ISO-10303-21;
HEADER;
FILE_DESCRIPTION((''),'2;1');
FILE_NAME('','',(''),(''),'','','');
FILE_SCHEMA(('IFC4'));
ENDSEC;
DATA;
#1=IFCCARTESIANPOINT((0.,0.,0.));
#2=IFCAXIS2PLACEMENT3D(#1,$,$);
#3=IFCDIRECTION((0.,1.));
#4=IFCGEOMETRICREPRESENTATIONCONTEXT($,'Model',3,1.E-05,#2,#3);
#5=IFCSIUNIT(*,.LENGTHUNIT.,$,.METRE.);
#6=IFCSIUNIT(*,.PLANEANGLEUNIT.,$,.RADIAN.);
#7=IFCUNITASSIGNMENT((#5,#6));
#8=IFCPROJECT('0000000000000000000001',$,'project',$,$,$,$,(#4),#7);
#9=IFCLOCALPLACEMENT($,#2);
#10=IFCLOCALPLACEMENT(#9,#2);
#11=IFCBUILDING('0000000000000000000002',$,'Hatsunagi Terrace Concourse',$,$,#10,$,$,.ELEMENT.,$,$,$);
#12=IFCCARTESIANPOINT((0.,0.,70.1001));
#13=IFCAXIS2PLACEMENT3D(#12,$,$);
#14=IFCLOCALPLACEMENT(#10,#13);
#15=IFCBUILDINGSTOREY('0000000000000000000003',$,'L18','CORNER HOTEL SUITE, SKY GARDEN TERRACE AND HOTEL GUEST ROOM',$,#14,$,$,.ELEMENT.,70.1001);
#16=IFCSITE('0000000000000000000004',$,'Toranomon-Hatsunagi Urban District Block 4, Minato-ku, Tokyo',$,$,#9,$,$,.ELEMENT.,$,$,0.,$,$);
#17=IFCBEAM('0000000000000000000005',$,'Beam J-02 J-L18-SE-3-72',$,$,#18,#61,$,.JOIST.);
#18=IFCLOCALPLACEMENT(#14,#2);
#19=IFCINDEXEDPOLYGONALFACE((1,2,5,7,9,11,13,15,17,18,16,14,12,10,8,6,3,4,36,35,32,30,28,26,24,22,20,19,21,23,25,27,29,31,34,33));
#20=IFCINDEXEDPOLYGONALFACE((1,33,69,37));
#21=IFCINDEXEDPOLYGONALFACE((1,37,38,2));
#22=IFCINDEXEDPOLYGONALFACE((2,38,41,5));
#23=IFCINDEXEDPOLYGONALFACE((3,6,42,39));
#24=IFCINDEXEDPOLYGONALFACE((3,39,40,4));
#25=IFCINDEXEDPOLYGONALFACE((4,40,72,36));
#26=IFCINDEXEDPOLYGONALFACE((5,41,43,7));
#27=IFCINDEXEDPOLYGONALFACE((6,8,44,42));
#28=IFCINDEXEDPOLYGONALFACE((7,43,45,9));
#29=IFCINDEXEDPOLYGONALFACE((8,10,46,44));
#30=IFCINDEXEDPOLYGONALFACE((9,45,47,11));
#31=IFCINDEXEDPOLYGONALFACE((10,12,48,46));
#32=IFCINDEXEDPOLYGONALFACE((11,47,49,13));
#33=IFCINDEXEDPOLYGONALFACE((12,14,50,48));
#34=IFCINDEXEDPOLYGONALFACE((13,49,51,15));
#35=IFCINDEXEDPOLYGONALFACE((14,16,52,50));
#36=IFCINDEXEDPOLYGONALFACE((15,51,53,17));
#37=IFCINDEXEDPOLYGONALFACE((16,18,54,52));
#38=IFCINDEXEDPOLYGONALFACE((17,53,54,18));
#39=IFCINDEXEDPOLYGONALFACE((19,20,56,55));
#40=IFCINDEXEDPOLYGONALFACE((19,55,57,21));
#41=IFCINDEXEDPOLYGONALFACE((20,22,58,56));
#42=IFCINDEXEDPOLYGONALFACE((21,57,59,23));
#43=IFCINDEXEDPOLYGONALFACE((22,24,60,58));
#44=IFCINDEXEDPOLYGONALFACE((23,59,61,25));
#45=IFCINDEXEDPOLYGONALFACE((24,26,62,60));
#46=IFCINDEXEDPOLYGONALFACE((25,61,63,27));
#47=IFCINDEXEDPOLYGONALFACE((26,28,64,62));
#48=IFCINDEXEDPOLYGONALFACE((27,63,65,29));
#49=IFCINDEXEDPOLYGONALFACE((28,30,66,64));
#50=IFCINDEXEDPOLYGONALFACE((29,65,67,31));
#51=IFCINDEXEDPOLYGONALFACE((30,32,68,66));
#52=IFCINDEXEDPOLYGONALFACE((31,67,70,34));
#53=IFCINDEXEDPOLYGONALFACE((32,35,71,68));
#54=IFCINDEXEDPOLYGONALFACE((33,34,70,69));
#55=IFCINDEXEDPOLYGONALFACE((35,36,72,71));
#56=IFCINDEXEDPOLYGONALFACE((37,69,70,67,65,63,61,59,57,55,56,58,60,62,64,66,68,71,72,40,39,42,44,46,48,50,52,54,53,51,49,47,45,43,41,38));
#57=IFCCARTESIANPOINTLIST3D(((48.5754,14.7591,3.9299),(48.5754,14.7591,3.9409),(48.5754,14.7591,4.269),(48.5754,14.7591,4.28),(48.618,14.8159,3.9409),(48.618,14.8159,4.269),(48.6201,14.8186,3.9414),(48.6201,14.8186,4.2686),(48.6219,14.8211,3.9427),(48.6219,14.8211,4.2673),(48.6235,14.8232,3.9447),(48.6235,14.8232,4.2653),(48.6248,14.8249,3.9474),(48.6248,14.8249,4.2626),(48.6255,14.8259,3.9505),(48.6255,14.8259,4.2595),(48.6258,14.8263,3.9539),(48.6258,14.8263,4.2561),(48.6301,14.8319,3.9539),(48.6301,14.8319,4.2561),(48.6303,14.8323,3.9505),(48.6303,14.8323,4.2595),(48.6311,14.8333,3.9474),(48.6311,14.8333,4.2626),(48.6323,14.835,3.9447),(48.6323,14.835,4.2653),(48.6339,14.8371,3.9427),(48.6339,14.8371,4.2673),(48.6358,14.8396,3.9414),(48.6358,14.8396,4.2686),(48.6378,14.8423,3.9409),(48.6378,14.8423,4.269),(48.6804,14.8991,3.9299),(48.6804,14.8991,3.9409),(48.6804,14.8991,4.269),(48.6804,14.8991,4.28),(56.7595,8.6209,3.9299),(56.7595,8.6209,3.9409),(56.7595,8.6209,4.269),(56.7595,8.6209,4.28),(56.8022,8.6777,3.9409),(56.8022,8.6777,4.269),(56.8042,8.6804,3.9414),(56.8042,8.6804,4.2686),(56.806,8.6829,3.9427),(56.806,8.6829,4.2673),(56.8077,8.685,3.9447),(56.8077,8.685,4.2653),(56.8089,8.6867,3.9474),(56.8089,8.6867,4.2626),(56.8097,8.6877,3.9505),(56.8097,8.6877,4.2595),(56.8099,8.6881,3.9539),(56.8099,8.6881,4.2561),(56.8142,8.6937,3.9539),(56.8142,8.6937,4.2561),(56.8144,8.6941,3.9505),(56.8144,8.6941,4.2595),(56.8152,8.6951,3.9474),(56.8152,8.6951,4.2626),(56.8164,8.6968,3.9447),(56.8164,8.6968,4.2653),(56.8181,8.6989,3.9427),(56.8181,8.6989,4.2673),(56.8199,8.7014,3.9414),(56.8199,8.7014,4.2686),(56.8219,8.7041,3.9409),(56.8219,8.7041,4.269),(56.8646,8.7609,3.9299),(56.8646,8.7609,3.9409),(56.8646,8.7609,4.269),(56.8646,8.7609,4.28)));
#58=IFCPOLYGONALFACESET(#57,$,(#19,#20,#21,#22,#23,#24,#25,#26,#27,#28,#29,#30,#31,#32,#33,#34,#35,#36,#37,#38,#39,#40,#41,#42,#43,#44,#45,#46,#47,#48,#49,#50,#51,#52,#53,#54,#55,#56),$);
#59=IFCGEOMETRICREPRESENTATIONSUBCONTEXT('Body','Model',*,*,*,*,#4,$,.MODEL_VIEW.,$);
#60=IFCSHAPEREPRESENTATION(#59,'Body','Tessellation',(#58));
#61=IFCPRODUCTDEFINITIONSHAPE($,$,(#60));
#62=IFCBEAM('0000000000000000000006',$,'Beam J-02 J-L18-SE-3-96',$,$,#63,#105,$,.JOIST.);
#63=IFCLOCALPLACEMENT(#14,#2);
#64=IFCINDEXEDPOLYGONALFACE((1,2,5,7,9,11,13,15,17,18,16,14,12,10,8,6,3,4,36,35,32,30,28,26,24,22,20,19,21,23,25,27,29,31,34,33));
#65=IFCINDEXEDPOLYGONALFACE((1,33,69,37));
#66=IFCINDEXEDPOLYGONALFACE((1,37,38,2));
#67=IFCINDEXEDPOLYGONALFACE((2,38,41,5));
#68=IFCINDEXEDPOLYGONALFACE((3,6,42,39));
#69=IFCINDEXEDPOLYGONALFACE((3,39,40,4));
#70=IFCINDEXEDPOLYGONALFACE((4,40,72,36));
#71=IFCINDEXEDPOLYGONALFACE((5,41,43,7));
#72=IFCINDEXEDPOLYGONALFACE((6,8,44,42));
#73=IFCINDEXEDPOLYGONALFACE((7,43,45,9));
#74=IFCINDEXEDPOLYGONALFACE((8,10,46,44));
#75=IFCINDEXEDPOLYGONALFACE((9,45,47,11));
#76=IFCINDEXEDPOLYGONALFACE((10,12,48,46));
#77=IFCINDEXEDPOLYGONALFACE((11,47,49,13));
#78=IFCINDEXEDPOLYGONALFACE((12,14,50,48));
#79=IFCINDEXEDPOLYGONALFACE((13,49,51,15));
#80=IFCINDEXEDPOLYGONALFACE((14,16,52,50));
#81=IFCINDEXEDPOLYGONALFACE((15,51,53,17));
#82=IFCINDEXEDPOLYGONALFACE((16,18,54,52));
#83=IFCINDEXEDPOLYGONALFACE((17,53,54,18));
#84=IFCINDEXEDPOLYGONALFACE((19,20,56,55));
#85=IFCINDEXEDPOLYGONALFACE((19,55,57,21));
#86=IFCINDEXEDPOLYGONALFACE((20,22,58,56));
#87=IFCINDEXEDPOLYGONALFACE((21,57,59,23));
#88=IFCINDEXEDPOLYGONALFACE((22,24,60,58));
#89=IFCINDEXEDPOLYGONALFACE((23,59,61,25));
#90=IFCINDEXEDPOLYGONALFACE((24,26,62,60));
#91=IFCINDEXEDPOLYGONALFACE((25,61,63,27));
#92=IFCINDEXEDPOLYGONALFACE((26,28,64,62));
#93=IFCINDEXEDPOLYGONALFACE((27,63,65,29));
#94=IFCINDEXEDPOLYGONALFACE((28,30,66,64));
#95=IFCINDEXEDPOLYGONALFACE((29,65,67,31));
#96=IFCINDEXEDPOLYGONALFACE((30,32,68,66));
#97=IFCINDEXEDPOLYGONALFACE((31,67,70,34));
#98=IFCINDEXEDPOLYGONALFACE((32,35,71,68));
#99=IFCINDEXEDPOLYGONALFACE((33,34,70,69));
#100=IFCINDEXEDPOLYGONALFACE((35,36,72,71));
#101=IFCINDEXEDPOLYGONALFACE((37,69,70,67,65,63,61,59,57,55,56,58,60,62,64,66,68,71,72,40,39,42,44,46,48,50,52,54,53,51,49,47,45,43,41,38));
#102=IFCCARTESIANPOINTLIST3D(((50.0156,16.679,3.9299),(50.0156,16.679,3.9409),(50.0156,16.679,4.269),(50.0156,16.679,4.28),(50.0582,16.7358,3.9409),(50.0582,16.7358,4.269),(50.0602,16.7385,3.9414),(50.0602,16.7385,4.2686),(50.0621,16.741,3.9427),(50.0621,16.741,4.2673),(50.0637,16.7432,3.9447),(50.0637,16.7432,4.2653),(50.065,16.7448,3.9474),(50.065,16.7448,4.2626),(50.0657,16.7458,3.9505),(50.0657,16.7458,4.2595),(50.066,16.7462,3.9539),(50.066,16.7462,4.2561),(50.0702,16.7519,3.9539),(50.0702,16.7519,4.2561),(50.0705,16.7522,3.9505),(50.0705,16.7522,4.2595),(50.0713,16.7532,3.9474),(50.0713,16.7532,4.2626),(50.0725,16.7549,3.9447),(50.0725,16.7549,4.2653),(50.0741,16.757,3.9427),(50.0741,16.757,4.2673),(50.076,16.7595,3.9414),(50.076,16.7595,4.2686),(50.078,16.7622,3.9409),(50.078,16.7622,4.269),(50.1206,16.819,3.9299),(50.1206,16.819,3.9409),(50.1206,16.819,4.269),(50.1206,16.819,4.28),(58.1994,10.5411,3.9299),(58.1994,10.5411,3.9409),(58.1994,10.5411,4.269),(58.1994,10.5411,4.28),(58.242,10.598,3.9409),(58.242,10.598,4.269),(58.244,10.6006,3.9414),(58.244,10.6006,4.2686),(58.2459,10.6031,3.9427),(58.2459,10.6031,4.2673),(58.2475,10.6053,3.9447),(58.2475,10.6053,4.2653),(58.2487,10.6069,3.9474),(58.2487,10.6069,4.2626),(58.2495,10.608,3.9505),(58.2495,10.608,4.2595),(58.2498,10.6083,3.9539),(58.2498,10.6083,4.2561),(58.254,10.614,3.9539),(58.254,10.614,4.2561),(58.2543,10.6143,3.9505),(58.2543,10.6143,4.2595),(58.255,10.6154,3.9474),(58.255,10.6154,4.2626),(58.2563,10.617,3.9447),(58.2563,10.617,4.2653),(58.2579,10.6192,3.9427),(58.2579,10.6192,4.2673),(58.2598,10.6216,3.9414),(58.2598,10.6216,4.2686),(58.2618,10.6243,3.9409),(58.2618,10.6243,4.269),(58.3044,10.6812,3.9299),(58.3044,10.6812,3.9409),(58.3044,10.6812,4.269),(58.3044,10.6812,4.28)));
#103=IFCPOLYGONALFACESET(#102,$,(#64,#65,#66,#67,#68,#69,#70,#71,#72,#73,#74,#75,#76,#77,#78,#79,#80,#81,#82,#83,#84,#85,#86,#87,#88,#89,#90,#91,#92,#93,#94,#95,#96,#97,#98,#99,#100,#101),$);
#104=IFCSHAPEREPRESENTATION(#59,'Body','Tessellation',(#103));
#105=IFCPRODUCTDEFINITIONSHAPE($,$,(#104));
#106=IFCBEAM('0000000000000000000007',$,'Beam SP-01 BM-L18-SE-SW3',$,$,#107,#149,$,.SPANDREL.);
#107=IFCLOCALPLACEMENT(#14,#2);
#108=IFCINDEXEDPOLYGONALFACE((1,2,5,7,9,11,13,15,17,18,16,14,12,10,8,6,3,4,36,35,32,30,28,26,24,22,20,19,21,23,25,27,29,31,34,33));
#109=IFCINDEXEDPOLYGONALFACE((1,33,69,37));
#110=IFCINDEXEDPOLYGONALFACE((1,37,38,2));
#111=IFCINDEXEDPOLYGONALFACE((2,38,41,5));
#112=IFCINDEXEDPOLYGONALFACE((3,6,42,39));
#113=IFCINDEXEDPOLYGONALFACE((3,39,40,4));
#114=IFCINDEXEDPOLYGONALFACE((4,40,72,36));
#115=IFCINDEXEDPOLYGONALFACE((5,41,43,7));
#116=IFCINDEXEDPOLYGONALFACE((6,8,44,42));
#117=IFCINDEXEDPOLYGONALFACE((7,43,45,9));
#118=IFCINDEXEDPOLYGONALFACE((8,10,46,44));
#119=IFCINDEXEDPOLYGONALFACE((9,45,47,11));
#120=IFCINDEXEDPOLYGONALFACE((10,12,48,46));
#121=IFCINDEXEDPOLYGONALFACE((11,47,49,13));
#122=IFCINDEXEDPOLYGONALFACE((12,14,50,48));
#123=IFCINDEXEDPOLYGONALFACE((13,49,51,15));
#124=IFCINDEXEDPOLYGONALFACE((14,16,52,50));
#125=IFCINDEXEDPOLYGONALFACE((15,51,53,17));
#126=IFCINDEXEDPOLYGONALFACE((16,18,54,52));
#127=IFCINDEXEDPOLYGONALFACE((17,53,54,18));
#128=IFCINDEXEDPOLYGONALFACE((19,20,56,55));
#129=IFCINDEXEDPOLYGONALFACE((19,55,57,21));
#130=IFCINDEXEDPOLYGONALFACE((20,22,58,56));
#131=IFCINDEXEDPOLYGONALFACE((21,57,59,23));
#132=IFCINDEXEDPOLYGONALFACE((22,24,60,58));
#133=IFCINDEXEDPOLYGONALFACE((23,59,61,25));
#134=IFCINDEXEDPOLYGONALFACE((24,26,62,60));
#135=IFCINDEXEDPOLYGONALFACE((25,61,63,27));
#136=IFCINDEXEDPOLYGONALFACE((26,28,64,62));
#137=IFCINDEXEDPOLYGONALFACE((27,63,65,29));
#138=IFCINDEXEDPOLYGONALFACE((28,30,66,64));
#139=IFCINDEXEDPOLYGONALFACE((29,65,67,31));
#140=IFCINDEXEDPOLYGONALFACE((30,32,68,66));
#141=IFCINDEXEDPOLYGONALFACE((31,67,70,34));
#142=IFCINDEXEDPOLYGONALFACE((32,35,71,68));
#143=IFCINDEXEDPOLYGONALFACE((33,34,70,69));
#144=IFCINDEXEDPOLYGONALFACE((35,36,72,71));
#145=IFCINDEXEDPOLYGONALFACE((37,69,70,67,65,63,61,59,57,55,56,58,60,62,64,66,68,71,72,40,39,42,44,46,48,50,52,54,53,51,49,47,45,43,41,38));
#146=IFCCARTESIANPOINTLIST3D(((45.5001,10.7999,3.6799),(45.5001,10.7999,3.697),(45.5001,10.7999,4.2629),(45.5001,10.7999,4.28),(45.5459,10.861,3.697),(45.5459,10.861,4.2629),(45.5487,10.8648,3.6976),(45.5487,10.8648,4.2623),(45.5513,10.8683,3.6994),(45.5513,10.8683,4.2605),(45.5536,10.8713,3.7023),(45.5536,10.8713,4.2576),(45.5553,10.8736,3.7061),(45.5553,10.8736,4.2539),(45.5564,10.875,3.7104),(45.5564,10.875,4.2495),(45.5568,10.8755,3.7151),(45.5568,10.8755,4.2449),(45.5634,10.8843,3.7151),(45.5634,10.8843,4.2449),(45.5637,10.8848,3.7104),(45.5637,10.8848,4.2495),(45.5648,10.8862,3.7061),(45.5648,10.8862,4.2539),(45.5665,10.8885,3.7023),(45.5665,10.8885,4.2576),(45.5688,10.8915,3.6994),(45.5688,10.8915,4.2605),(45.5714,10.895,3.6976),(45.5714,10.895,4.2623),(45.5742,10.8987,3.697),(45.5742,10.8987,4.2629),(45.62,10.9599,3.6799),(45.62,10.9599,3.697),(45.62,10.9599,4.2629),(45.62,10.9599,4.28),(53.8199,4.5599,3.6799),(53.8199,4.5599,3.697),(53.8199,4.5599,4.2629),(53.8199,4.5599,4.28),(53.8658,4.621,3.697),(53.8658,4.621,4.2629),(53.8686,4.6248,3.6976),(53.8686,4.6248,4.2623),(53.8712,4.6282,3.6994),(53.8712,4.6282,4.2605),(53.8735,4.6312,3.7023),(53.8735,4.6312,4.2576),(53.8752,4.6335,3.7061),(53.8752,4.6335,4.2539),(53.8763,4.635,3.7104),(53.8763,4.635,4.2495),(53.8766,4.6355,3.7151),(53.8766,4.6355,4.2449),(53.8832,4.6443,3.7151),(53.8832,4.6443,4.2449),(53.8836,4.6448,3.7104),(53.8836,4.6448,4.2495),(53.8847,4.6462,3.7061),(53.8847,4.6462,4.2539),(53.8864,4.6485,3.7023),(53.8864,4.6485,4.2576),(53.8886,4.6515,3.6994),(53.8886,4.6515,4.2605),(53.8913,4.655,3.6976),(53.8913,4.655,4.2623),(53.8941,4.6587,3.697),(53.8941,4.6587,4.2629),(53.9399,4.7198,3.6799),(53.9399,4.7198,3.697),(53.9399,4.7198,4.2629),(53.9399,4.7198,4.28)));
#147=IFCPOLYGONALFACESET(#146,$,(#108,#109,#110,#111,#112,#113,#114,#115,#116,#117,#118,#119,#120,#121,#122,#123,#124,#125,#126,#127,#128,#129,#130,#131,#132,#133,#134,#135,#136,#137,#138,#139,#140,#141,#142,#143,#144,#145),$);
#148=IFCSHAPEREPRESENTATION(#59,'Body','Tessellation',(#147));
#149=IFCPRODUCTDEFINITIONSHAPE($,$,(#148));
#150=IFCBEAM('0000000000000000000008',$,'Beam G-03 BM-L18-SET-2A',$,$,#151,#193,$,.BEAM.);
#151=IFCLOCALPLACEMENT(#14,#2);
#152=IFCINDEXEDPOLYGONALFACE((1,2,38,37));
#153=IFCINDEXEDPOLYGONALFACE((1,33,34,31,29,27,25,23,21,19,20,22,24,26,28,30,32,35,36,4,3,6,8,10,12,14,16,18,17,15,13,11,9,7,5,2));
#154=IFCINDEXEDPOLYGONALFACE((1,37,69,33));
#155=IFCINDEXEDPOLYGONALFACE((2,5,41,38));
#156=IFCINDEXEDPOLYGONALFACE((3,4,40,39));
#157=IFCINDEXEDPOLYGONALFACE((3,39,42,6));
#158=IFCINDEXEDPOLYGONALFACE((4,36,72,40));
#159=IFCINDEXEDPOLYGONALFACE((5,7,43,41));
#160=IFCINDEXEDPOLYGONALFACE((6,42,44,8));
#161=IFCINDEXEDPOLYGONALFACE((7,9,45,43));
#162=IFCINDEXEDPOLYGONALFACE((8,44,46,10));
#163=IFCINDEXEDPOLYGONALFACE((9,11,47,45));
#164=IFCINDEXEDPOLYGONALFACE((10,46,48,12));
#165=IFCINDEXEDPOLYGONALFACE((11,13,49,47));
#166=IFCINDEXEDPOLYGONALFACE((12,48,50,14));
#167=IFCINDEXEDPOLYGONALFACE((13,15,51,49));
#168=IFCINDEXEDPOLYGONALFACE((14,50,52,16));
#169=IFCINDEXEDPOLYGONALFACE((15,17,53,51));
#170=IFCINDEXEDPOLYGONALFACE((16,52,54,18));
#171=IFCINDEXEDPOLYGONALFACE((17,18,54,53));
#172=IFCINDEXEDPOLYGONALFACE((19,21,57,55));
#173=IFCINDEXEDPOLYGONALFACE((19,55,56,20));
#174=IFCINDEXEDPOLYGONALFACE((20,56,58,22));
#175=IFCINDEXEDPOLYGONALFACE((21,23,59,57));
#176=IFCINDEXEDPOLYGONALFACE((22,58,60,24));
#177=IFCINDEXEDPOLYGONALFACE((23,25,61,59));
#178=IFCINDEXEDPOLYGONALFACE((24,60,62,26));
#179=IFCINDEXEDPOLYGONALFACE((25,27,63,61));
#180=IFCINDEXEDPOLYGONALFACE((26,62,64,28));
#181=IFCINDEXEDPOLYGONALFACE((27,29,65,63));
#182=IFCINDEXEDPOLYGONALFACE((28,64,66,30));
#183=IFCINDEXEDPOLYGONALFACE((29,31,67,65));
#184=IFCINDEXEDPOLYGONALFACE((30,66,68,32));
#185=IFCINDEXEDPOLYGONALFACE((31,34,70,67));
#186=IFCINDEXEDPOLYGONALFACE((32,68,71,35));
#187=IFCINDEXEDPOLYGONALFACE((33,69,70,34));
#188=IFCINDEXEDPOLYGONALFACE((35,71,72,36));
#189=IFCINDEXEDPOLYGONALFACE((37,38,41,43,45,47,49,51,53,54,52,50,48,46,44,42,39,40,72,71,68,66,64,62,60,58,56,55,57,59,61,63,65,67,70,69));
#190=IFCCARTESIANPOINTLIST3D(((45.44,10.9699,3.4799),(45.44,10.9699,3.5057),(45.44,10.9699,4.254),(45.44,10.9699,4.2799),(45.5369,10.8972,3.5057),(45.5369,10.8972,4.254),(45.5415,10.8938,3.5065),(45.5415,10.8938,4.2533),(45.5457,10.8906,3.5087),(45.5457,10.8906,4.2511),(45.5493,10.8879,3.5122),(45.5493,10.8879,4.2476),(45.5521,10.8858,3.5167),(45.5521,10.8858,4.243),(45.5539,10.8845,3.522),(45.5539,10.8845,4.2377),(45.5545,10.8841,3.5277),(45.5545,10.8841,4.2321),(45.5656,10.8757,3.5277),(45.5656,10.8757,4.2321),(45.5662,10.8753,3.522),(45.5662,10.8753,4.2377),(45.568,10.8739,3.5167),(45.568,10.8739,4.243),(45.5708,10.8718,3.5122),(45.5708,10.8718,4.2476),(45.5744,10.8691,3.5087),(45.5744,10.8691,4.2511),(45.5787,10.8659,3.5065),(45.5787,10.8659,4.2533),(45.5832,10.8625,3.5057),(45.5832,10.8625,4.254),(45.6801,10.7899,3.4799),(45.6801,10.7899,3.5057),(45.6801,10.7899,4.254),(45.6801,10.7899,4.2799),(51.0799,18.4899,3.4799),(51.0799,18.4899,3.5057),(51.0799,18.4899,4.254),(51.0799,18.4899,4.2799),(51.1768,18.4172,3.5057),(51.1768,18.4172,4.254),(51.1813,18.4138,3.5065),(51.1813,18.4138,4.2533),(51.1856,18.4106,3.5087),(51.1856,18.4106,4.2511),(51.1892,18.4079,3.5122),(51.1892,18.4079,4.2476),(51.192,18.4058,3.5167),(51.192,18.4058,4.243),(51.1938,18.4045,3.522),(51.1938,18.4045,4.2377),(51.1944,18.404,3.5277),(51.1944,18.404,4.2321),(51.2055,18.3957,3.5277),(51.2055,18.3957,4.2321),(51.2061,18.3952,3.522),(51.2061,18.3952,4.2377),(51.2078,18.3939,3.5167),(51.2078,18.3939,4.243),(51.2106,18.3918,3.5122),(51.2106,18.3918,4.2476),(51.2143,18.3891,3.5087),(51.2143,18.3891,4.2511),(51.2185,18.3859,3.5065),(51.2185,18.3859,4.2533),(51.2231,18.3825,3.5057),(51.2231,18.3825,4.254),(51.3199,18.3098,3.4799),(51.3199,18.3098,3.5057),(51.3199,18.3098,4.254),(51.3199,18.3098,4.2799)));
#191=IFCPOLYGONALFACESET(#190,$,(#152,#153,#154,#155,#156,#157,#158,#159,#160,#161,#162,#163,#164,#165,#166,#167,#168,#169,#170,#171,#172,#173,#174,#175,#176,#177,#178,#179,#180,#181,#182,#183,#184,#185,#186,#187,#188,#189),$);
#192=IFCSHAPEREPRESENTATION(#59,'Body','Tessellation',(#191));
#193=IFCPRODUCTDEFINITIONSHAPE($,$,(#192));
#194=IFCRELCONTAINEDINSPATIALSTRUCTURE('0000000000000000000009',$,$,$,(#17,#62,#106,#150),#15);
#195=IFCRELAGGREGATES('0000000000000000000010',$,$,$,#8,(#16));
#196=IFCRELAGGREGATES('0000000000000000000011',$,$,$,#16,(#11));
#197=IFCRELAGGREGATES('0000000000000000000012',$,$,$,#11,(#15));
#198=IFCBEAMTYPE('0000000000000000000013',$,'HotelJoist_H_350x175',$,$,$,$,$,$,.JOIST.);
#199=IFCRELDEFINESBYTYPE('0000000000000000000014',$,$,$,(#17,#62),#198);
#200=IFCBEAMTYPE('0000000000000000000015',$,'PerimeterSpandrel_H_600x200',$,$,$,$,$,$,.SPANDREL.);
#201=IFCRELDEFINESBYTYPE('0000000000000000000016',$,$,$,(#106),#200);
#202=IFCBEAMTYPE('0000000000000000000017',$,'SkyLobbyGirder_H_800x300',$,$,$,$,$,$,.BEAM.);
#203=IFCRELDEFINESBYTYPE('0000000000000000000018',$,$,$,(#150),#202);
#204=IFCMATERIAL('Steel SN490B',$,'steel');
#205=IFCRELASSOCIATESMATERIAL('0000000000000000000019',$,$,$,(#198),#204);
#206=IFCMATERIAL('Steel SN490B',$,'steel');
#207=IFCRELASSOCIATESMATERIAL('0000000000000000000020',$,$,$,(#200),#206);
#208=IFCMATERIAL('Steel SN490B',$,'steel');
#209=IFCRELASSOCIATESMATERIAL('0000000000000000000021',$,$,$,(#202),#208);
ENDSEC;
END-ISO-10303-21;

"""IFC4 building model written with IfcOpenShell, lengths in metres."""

from ifc_helpers import new_model, si_unit, direction, frame, origin, origin_2d, place, context, subcontext, project, spatial, i_section, extrude, material, material_profile, profile_set, type_object, element, save


model = new_model("IFC4")

# Units and contexts
model_context = context("Model", 3, precision=1e-05, world=origin(), true_north=direction((0.0, 1.0)))
body_context = subcontext(model_context, "Body", "Model", "MODEL_VIEW")
ifc_project = project(units=[si_unit("LENGTHUNIT", "METRE"), si_unit("PLANEANGLEUNIT", "RADIAN")], contexts=[model_context])

# Site, building, storey
site_placement = place(None, origin())
site = spatial("IfcSite", under=ifc_project, at=site_placement, Name="Toranomon-Hatsunagi Urban District Block 4, Minato-ku, Tokyo", CompositionType="ELEMENT", RefElevation=0.0)
building_placement = place(site_placement, origin())
building = spatial("IfcBuilding", under=site, at=building_placement, Name="Hatsunagi Terrace Concourse", CompositionType="ELEMENT")
storey_placement = place(building_placement, frame((0.0, 0.0, 70.1001)))
storey = spatial("IfcBuildingStorey", under=building, at=storey_placement, Name="L18", Description="CORNER HOTEL SUITE, SKY GARDEN TERRACE AND HOTEL GUEST ROOM", CompositionType="ELEMENT", Elevation=70.1001)

# Beams
ifc_material_1 = material(Name="Steel SN490B", Category="steel")
ifc_material_profile_1 = material_profile(ifc_material_1, i_section(OverallWidth=0.175, OverallDepth=0.3501, WebThickness=0.0071, FlangeThickness=0.011, FilletRadius=0.0129, at=origin_2d()), Name="H-350x175x7x11")
ifc_profile_set_1 = profile_set([ifc_material_profile_1], Name="Steel SN490B")
beam_type_1 = type_object("IfcBeamType", Name="HotelJoist_H_350x175", PredefinedType="JOIST", material=ifc_profile_set_1)
beam_1_placement = place(storey_placement, frame((48.6279, 14.8291, 4.105), z_axis=(0.799994, -0.600008, 0.0), x_axis=(0.600008, 0.799994, 0.0)))
element("IfcBeam", 1, at=beam_1_placement, inside=storey, type_object=beam_type_1, Name="Beam J-02 J-L18-SE-3-72", PredefinedType="JOIST", context=body_context, shape_type="SweptSolid", body=[
    extrude(i_section(OverallWidth=0.175, OverallDepth=0.3501, WebThickness=0.0071, FlangeThickness=0.011, FilletRadius=0.0129, at=origin_2d()), origin(), (0.0, 0.0, 1.0), 10.2302),
])
beam_2_placement = place(storey_placement, frame((50.0681, 16.749, 4.105), z_axis=(0.799997, -0.600004, 0.0), x_axis=(0.600004, 0.799997, 0.0)))
element("IfcBeam", 2, at=beam_2_placement, inside=storey, type_object=beam_type_1, Name="Beam J-02 J-L18-SE-3-96", PredefinedType="JOIST", context=body_context, shape_type="SweptSolid", body=[
    extrude(i_section(OverallWidth=0.175, OverallDepth=0.3501, WebThickness=0.0071, FlangeThickness=0.011, FilletRadius=0.0129, at=origin_2d()), origin(), (0.0, 0.0, 1.0), 10.2297),
])
ifc_material_2 = material(Name="Steel SN490B", Category="steel")
ifc_material_profile_2 = material_profile(ifc_material_2, i_section(OverallWidth=0.2, OverallDepth=0.6001, WebThickness=0.011, FlangeThickness=0.0171, FilletRadius=0.0181, at=origin_2d()), Name="H-600x200x11x17")
ifc_profile_set_2 = profile_set([ifc_material_profile_2], Name="Steel SN490B")
beam_type_2 = type_object("IfcBeamType", Name="PerimeterSpandrel_H_600x200", PredefinedType="SPANDREL", material=ifc_profile_set_2)
beam_3_placement = place(storey_placement, frame((45.5601, 10.8799, 3.98), z_axis=(0.799994, -0.600008, 0.0), x_axis=(0.600008, 0.799994, 0.0)))
element("IfcBeam", 3, at=beam_3_placement, inside=storey, type_object=beam_type_2, Name="Beam SP-01 BM-L18-SE-SW3", PredefinedType="SPANDREL", context=body_context, shape_type="SweptSolid", body=[
    extrude(i_section(OverallWidth=0.2, OverallDepth=0.6001, WebThickness=0.011, FlangeThickness=0.0171, FilletRadius=0.0181, at=origin_2d()), origin(), (0.0, 0.0, 1.0), 10.3999),
])
ifc_material_3 = material(Name="Steel SN490B", Category="steel")
ifc_material_profile_3 = material_profile(ifc_material_3, i_section(OverallWidth=0.3, OverallDepth=0.8, WebThickness=0.0139, FlangeThickness=0.0259, FilletRadius=0.022, at=origin_2d()), Name="H-800x300x14x26")
ifc_profile_set_3 = profile_set([ifc_material_profile_3], Name="Steel SN490B")
beam_type_3 = type_object("IfcBeamType", Name="SkyLobbyGirder_H_800x300", PredefinedType="BEAM", material=ifc_profile_set_3)
beam_4_placement = place(storey_placement, frame((45.5601, 10.8799, 3.8799), z_axis=(0.599992, 0.800006, 0.0), x_axis=(-0.800006, 0.599992, 0.0)))
element("IfcBeam", 4, at=beam_4_placement, inside=storey, type_object=beam_type_3, Name="Beam G-03 BM-L18-SET-2A", PredefinedType="BEAM", context=body_context, shape_type="SweptSolid", body=[
    extrude(i_section(OverallWidth=0.3, OverallDepth=0.8, WebThickness=0.0139, FlangeThickness=0.0259, FilletRadius=0.022, at=origin_2d()), origin(), (0.0, 0.0, 1.0), 9.3999),
])

save(model, "model.ifc")
